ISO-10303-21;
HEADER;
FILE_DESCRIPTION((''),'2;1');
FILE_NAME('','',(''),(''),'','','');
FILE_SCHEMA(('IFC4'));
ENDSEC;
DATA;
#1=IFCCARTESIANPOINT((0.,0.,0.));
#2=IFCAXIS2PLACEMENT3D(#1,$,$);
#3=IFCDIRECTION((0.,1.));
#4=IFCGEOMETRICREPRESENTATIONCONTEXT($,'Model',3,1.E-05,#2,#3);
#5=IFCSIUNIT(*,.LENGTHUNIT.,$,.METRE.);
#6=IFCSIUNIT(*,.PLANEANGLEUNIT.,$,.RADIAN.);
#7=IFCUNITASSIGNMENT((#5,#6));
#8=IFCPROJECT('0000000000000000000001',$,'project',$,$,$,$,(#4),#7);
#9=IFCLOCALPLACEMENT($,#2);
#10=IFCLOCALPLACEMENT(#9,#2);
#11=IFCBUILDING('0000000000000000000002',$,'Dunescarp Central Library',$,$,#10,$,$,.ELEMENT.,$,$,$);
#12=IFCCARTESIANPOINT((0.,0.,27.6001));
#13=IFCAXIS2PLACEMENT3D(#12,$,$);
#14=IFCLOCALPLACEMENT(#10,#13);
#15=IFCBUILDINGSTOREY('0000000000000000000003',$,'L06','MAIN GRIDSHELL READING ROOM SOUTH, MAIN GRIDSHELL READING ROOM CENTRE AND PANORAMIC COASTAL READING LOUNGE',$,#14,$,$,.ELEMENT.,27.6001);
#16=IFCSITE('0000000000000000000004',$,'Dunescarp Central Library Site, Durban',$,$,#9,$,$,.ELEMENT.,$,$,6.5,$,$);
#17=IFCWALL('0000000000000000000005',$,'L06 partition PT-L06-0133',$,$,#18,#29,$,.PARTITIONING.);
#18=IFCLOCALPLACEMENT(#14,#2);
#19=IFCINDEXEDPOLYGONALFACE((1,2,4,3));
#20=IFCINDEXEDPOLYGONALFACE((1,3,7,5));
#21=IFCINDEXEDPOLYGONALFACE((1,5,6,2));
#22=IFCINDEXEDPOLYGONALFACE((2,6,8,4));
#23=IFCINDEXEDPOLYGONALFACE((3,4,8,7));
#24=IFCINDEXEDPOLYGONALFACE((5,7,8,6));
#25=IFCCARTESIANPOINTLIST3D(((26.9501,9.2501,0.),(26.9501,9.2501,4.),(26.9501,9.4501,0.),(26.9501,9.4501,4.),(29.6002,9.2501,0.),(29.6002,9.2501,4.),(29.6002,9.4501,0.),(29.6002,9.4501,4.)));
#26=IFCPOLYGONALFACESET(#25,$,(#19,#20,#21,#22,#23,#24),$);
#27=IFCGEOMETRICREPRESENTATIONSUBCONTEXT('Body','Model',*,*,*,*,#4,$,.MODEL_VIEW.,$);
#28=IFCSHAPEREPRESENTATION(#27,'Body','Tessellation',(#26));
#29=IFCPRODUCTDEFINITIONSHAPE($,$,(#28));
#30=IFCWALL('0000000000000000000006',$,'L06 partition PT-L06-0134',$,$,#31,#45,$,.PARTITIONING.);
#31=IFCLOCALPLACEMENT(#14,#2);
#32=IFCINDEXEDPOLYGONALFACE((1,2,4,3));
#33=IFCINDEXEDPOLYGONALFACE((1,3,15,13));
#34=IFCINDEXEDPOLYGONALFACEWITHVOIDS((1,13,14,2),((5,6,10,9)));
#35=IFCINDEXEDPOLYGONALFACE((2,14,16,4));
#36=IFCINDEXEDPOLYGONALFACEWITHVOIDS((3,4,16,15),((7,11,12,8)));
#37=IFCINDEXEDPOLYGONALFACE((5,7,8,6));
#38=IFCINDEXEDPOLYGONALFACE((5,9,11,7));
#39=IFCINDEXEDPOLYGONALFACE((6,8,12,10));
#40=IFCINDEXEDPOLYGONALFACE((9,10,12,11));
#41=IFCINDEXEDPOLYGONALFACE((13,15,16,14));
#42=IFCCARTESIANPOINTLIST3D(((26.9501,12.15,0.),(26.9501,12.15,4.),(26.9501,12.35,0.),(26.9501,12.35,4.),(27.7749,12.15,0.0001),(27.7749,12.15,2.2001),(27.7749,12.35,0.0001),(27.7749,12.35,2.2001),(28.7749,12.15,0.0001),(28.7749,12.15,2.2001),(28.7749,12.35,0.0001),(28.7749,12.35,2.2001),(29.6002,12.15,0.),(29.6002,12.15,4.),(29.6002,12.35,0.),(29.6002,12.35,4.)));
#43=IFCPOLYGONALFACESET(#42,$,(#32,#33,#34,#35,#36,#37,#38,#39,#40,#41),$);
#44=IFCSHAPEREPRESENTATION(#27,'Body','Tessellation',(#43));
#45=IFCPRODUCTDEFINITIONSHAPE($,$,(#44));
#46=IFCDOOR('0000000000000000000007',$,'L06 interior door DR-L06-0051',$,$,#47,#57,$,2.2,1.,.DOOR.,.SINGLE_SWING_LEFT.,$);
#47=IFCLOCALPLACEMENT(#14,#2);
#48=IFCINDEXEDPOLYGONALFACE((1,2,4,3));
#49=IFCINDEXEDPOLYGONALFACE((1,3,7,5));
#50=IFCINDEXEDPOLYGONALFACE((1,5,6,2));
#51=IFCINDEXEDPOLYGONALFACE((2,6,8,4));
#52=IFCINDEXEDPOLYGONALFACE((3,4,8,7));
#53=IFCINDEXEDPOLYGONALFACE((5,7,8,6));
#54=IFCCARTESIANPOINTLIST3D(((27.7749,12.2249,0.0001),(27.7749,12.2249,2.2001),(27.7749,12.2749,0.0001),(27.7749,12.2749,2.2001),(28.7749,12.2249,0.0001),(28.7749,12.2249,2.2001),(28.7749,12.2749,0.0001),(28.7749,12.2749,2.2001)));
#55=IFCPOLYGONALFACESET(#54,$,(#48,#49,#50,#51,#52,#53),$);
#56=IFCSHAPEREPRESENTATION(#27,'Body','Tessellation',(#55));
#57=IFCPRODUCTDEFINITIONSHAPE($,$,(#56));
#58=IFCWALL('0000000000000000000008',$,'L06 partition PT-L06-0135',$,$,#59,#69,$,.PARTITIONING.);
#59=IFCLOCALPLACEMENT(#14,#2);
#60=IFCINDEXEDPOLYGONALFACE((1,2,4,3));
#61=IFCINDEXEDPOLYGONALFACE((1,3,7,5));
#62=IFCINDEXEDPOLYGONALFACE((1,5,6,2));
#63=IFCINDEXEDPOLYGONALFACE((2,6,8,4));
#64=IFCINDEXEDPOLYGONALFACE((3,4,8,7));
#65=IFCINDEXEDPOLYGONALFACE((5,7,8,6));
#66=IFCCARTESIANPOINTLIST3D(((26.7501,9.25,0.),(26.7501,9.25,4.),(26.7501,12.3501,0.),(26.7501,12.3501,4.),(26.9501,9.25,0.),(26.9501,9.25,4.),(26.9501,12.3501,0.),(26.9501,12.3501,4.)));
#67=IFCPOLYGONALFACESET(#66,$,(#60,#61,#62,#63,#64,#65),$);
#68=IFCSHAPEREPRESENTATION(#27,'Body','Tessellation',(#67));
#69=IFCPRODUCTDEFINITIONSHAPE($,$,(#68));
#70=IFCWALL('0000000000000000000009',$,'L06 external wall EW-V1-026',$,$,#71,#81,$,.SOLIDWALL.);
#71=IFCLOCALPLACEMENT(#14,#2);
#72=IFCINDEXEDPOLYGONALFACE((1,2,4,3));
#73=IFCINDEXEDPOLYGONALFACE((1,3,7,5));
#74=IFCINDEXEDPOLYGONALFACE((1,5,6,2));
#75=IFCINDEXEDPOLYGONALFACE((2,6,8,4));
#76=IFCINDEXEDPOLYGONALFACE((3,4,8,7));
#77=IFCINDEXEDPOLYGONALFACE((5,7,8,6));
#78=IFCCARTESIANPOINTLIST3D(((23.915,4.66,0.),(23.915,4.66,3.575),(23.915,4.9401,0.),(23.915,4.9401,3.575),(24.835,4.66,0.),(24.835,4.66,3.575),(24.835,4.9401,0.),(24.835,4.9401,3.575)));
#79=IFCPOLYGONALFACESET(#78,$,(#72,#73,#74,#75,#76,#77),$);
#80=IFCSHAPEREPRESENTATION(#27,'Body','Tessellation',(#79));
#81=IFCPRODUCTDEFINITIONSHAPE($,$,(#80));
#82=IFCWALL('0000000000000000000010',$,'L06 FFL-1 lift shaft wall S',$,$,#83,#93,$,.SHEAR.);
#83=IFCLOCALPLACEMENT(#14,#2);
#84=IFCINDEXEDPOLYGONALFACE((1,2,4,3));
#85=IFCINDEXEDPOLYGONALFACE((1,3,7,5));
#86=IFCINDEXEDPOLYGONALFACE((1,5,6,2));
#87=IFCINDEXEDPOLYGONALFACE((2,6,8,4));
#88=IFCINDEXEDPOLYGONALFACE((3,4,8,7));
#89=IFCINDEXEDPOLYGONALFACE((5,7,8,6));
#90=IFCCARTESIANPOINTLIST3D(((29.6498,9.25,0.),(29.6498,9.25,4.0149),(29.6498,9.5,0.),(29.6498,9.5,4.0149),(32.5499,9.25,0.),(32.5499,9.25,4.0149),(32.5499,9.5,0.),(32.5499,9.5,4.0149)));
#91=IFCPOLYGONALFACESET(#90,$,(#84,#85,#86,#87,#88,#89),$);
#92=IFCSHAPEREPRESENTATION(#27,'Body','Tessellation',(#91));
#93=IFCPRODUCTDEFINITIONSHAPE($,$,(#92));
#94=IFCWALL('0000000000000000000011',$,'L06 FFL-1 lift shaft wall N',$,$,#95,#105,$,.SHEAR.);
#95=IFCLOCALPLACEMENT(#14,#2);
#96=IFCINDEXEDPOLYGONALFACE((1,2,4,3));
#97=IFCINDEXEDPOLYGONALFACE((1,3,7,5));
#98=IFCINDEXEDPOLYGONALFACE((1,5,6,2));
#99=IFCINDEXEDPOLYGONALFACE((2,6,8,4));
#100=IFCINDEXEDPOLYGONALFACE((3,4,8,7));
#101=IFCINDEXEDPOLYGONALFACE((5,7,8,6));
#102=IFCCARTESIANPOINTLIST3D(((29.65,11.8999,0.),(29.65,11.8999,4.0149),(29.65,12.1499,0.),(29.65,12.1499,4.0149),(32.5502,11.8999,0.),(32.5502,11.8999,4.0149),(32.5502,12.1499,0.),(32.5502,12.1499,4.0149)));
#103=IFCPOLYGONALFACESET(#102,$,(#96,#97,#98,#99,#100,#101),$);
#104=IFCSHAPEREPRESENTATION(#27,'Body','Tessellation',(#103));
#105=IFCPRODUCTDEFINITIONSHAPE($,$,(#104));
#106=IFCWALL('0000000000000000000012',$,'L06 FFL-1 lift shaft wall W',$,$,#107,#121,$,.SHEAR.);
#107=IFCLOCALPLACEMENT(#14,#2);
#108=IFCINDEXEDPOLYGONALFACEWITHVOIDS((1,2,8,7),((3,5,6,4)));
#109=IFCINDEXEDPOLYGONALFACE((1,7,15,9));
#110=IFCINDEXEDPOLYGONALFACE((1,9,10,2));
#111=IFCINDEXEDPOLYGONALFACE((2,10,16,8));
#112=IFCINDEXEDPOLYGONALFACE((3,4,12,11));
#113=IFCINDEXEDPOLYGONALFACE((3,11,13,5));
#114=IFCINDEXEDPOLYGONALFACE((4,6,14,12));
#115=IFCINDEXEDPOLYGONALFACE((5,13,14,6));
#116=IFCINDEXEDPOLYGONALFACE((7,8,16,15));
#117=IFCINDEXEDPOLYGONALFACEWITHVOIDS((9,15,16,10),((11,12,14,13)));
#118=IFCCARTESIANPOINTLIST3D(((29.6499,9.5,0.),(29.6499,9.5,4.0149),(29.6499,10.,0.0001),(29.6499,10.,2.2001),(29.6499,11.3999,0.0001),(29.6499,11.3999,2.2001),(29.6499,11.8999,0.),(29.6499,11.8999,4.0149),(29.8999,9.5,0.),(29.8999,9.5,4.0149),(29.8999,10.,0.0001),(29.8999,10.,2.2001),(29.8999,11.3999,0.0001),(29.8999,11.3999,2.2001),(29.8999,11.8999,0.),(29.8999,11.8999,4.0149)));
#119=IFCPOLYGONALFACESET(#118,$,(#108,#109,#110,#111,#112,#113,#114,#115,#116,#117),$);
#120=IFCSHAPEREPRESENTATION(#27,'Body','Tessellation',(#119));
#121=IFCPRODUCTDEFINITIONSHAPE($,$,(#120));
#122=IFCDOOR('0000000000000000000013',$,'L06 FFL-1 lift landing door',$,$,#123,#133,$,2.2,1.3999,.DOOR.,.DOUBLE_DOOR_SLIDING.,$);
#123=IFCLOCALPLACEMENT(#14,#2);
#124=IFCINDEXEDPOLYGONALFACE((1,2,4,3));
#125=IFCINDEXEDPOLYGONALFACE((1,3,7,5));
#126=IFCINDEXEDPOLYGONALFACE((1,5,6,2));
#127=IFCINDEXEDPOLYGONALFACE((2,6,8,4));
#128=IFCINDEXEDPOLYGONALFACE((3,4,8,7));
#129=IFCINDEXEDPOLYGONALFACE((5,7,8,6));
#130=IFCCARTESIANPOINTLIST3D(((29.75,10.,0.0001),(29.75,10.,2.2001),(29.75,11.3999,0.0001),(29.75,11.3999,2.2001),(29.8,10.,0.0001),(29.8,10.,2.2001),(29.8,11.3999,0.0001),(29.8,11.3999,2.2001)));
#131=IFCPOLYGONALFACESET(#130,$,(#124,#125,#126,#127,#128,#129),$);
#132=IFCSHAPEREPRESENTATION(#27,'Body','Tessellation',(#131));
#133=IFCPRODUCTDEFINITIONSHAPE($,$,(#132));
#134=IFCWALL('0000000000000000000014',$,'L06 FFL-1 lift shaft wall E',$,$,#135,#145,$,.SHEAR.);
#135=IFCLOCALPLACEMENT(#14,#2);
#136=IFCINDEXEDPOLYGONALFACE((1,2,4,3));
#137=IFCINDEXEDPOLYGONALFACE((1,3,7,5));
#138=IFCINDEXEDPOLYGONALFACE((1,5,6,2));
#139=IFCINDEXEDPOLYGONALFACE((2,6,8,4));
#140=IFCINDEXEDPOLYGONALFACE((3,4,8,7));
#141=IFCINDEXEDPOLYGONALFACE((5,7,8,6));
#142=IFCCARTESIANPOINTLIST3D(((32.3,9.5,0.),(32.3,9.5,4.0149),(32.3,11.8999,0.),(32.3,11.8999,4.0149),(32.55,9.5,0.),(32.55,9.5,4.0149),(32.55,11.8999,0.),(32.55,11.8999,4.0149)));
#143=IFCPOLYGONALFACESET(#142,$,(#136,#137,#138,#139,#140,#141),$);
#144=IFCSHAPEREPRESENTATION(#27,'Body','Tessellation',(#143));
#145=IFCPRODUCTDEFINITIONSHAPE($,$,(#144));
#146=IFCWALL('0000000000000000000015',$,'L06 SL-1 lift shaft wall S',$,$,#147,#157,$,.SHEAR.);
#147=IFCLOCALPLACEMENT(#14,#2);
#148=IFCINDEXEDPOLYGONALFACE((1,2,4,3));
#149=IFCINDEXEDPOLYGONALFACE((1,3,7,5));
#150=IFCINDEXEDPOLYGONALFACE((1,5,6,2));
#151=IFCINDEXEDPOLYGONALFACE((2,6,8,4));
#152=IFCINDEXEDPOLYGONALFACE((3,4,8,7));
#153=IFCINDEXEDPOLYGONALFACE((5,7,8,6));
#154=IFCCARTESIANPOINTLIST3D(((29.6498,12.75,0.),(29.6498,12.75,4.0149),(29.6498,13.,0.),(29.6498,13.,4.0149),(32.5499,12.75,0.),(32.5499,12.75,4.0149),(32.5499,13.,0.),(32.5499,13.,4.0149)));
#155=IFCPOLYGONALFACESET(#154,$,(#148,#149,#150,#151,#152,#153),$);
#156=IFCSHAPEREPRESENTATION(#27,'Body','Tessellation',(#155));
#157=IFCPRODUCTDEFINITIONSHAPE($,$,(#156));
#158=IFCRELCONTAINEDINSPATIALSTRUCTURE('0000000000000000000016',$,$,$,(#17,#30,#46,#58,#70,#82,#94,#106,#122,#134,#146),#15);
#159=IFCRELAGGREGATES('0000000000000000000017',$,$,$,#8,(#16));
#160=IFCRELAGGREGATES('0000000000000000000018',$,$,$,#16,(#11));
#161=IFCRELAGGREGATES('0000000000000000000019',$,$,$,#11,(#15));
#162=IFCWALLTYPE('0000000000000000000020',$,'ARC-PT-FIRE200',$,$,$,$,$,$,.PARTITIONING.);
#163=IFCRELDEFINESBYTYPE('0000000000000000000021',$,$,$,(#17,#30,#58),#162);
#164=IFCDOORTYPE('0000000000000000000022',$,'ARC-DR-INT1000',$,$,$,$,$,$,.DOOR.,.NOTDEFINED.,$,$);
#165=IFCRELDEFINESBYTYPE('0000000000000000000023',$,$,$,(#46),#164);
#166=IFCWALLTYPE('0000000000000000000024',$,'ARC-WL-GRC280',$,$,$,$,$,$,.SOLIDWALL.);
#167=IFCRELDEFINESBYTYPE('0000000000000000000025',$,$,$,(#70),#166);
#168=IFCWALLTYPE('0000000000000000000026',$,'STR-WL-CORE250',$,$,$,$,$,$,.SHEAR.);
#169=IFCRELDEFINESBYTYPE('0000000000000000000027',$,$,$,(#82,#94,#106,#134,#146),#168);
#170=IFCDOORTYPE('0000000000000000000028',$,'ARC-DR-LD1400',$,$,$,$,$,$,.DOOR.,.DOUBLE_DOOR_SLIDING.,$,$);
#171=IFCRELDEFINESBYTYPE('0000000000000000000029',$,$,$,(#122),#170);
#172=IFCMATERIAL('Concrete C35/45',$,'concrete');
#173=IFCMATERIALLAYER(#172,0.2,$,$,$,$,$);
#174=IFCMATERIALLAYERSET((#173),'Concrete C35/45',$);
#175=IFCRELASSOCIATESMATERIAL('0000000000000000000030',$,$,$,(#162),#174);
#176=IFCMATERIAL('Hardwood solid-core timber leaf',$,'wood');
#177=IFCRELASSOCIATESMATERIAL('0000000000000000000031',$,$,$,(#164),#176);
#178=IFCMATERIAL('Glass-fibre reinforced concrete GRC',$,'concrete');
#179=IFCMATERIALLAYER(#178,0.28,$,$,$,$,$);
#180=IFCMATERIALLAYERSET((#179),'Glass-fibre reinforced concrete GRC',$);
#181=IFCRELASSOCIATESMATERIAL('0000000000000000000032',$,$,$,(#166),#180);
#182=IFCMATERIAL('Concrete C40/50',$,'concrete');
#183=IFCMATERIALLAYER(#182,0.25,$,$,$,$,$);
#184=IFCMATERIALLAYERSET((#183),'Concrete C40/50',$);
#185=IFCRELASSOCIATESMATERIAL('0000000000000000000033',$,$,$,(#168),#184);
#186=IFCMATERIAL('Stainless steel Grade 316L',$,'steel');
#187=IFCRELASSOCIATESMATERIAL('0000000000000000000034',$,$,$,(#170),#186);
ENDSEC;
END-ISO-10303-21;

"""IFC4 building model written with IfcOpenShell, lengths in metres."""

from ifc_helpers import new_model, si_unit, direction, frame, frame_2d, origin, place, context, subcontext, project, spatial, rectangle, extrude, material, layer, layer_set, type_object, element, fill, save


model = new_model("IFC4")

# Units and contexts
model_context = context("Model", 3, precision=1e-05, world=origin(), true_north=direction((0.0, 1.0)))
body_context = subcontext(model_context, "Body", "Model", "MODEL_VIEW")
ifc_project = project(units=[si_unit("LENGTHUNIT", "METRE"), si_unit("PLANEANGLEUNIT", "RADIAN")], contexts=[model_context])

# Site, building, storey
site_placement = place(None, origin())
site = spatial("IfcSite", under=ifc_project, at=site_placement, Name="Dunescarp Central Library Site, Durban", CompositionType="ELEMENT", RefElevation=6.5)
building_placement = place(site_placement, origin())
building = spatial("IfcBuilding", under=site, at=building_placement, Name="Dunescarp Central Library", CompositionType="ELEMENT")
storey_placement = place(building_placement, frame((0.0, 0.0, 27.6001)))
storey = spatial("IfcBuildingStorey", under=building, at=storey_placement, Name="L06", Description="MAIN GRIDSHELL READING ROOM SOUTH, MAIN GRIDSHELL READING ROOM CENTRE AND PANORAMIC COASTAL READING LOUNGE", CompositionType="ELEMENT", Elevation=27.6001)

# Wall
ifc_material_1 = material(Name="Concrete C35/45", Category="concrete")
ifc_layer_1 = layer(ifc_material_1, 0.2)
ifc_layer_set_1 = layer_set([ifc_layer_1], Name="Concrete C35/45")
wall_type_1 = type_object("IfcWallType", Name="ARC-PT-FIRE200", PredefinedType="PARTITIONING", material=ifc_layer_set_1)
wall_1_placement = place(storey_placement, frame((26.95, 9.3501, 0.0), z_axis=(0.0, 0.0, 1.0), x_axis=(1.0, 0.0, 0.0)))
element("IfcWall", 1, at=wall_1_placement, inside=storey, type_object=wall_type_1, Name="L06 partition PT-L06-0133", PredefinedType="PARTITIONING", context=body_context, shape_type="SweptSolid", body=[
    extrude(rectangle(XDim=2.6501, YDim=0.2, at=frame_2d((1.3252, 0.0))), origin(), (0.0, 0.0, 1.0), 4.0),
])

# Wall, opening, door
wall_2_placement = place(storey_placement, frame((26.95, 12.25, 0.0), z_axis=(0.0, 0.0, 1.0), x_axis=(1.0, 0.0, 0.0)))
wall_2 = element("IfcWall", 2, at=wall_2_placement, inside=storey, type_object=wall_type_1, Name="L06 partition PT-L06-0134", PredefinedType="PARTITIONING", context=body_context, shape_type="SweptSolid", body=[
    extrude(rectangle(XDim=2.6501, YDim=0.2, at=frame_2d((1.3252, 0.0))), origin(), (0.0, 0.0, 1.0), 4.0),
])
opening_1_placement = place(wall_2_placement, frame((0.825, 0.0, 0.0)))
opening_1 = element("IfcOpeningElement", 3, at=opening_1_placement, cuts=wall_2, PredefinedType="OPENING", context=body_context, shape_type="SweptSolid", body=[
    extrude(rectangle(XDim=1.0, YDim=2.2, at=frame_2d((0.5, 1.1001))), frame((0.0, 0.1099, 0.0), z_axis=(0.0, -1.0, 0.0), x_axis=(1.0, 0.0, 0.0)), (0.0, 0.0, 1.0), 0.22),
])
ifc_material_2 = material(Name="Hardwood solid-core timber leaf", Category="wood")
door_type_1 = type_object("IfcDoorType", Name="ARC-DR-INT1000", OperationType="NOTDEFINED", PredefinedType="DOOR", material=ifc_material_2)
door_1_placement = place(opening_1_placement, origin())
door_1 = element("IfcDoor", 4, at=door_1_placement, inside=storey, type_object=door_type_1, Name="L06 interior door DR-L06-0051", OperationType="SINGLE_SWING_LEFT", OverallHeight=2.2, OverallWidth=1.0, PredefinedType="DOOR", context=body_context, shape_type="SweptSolid", body=[
    extrude(rectangle(XDim=1.0, YDim=2.2, at=frame_2d((0.5, 1.1001))), frame((0.0, 0.0249, 0.0), z_axis=(0.0, -1.0, 0.0), x_axis=(1.0, 0.0, 0.0)), (0.0, 0.0, 1.0), 0.05),
])
fill(opening_1, door_1)

# Walls
wall_3_placement = place(storey_placement, frame((26.8501, 9.25, 0.0), z_axis=(0.0, 0.0, 1.0), x_axis=(0.0, 1.0, 0.0)))
element("IfcWall", 5, at=wall_3_placement, inside=storey, type_object=wall_type_1, Name="L06 partition PT-L06-0135", PredefinedType="PARTITIONING", context=body_context, shape_type="SweptSolid", body=[
    extrude(rectangle(XDim=3.1001, YDim=0.2, at=frame_2d((1.55, 0.0))), origin(), (0.0, 0.0, 1.0), 4.0),
])
ifc_material_3 = material(Name="Glass-fibre reinforced concrete GRC", Category="concrete")
ifc_layer_2 = layer(ifc_material_3, 0.28)
ifc_layer_set_2 = layer_set([ifc_layer_2], Name="Glass-fibre reinforced concrete GRC")
wall_type_2 = type_object("IfcWallType", Name="ARC-WL-GRC280", PredefinedType="SOLIDWALL", material=ifc_layer_set_2)
wall_4_placement = place(storey_placement, frame((24.835, 4.8, 0.0), z_axis=(0.0, 0.0, 1.0), x_axis=(-1.0, 0.0, 0.0)))
element("IfcWall", 6, at=wall_4_placement, inside=storey, type_object=wall_type_2, Name="L06 external wall EW-V1-026", PredefinedType="SOLIDWALL", context=body_context, shape_type="SweptSolid", body=[
    extrude(rectangle(XDim=0.9199, YDim=0.28, at=frame_2d((0.46, 0.0))), origin(), (0.0, 0.0, 1.0), 3.575),
])
ifc_material_4 = material(Name="Concrete C40/50", Category="concrete")
ifc_layer_3 = layer(ifc_material_4, 0.25)
ifc_layer_set_3 = layer_set([ifc_layer_3], Name="Concrete C40/50")
wall_type_3 = type_object("IfcWallType", Name="STR-WL-CORE250", PredefinedType="SHEAR", material=ifc_layer_set_3)
for number, where, z_axis, x_axis, name in (
    (7, (32.55, 9.375, 0.0), (0.0, 0.0, 1.0), (-1.0, 0.0, 0.0), "L06 FFL-1 lift shaft wall S"),
    (8, (29.6499, 12.0249, 0.0), (0.0, 0.0, 1.0), (1.0, 0.0, 0.0), "L06 FFL-1 lift shaft wall N"),
):
    element("IfcWall", number, at=place(storey_placement, frame(where, z_axis=z_axis, x_axis=x_axis)), inside=storey, type_object=wall_type_3, Name=name, PredefinedType="SHEAR", context=body_context, shape_type="SweptSolid", body=[
        extrude(rectangle(XDim=2.9001, YDim=0.25, at=frame_2d((1.4502, 0.0))), origin(), (0.0, 0.0, 1.0), 4.0149),
    ])

# Wall, opening, door
wall_5_placement = place(storey_placement, frame((29.7749, 9.5, 0.0), z_axis=(0.0, 0.0, 1.0), x_axis=(0.0, 1.0, 0.0)))
wall_5 = element("IfcWall", 9, at=wall_5_placement, inside=storey, type_object=wall_type_3, Name="L06 FFL-1 lift shaft wall W", PredefinedType="SHEAR", context=body_context, shape_type="SweptSolid", body=[
    extrude(rectangle(XDim=2.3999, YDim=0.25, at=frame_2d((1.2, 0.0))), origin(), (0.0, 0.0, 1.0), 4.0149),
])
opening_2_placement = place(wall_5_placement, frame((0.5, 0.0, 0.0)))
opening_2 = element("IfcOpeningElement", 10, at=opening_2_placement, cuts=wall_5, PredefinedType="OPENING", context=body_context, shape_type="SweptSolid", body=[
    extrude(rectangle(XDim=1.3999, YDim=2.2, at=frame_2d((0.7, 1.1001))), frame((0.0, 0.135, 0.0), z_axis=(0.0, -1.0, 0.0), x_axis=(1.0, 0.0, 0.0)), (0.0, 0.0, 1.0), 0.27),
])
ifc_material_5 = material(Name="Stainless steel Grade 316L", Category="steel")
door_type_2 = type_object("IfcDoorType", Name="ARC-DR-LD1400", OperationType="DOUBLE_DOOR_SLIDING", PredefinedType="DOOR", material=ifc_material_5)
door_2_placement = place(opening_2_placement, origin())
door_2 = element("IfcDoor", 11, at=door_2_placement, inside=storey, type_object=door_type_2, Name="L06 FFL-1 lift landing door", OperationType="DOUBLE_DOOR_SLIDING", OverallHeight=2.2, OverallWidth=1.3999, PredefinedType="DOOR", context=body_context, shape_type="SweptSolid", body=[
    extrude(rectangle(XDim=1.3999, YDim=2.2, at=frame_2d((0.7, 1.1001))), frame((0.0, 0.0249, 0.0), z_axis=(0.0, -1.0, 0.0), x_axis=(1.0, 0.0, 0.0)), (0.0, 0.0, 1.0), 0.05),
])
fill(opening_2, door_2)

# Walls
wall_6_placement = place(storey_placement, frame((32.425, 11.8999, 0.0), z_axis=(0.0, 0.0, 1.0), x_axis=(0.0, -1.0, 0.0)))
element("IfcWall", 12, at=wall_6_placement, inside=storey, type_object=wall_type_3, Name="L06 FFL-1 lift shaft wall E", PredefinedType="SHEAR", context=body_context, shape_type="SweptSolid", body=[
    extrude(rectangle(XDim=2.3999, YDim=0.25, at=frame_2d((1.2, 0.0))), origin(), (0.0, 0.0, 1.0), 4.0149),
])
wall_7_placement = place(storey_placement, frame((32.55, 12.875, 0.0), z_axis=(0.0, 0.0, 1.0), x_axis=(-1.0, 0.0, 0.0)))
element("IfcWall", 13, at=wall_7_placement, inside=storey, type_object=wall_type_3, Name="L06 SL-1 lift shaft wall S", PredefinedType="SHEAR", context=body_context, shape_type="SweptSolid", body=[
    extrude(rectangle(XDim=2.9001, YDim=0.25, at=frame_2d((1.4502, 0.0))), origin(), (0.0, 0.0, 1.0), 4.0149),
])

save(model, "model.ifc")
